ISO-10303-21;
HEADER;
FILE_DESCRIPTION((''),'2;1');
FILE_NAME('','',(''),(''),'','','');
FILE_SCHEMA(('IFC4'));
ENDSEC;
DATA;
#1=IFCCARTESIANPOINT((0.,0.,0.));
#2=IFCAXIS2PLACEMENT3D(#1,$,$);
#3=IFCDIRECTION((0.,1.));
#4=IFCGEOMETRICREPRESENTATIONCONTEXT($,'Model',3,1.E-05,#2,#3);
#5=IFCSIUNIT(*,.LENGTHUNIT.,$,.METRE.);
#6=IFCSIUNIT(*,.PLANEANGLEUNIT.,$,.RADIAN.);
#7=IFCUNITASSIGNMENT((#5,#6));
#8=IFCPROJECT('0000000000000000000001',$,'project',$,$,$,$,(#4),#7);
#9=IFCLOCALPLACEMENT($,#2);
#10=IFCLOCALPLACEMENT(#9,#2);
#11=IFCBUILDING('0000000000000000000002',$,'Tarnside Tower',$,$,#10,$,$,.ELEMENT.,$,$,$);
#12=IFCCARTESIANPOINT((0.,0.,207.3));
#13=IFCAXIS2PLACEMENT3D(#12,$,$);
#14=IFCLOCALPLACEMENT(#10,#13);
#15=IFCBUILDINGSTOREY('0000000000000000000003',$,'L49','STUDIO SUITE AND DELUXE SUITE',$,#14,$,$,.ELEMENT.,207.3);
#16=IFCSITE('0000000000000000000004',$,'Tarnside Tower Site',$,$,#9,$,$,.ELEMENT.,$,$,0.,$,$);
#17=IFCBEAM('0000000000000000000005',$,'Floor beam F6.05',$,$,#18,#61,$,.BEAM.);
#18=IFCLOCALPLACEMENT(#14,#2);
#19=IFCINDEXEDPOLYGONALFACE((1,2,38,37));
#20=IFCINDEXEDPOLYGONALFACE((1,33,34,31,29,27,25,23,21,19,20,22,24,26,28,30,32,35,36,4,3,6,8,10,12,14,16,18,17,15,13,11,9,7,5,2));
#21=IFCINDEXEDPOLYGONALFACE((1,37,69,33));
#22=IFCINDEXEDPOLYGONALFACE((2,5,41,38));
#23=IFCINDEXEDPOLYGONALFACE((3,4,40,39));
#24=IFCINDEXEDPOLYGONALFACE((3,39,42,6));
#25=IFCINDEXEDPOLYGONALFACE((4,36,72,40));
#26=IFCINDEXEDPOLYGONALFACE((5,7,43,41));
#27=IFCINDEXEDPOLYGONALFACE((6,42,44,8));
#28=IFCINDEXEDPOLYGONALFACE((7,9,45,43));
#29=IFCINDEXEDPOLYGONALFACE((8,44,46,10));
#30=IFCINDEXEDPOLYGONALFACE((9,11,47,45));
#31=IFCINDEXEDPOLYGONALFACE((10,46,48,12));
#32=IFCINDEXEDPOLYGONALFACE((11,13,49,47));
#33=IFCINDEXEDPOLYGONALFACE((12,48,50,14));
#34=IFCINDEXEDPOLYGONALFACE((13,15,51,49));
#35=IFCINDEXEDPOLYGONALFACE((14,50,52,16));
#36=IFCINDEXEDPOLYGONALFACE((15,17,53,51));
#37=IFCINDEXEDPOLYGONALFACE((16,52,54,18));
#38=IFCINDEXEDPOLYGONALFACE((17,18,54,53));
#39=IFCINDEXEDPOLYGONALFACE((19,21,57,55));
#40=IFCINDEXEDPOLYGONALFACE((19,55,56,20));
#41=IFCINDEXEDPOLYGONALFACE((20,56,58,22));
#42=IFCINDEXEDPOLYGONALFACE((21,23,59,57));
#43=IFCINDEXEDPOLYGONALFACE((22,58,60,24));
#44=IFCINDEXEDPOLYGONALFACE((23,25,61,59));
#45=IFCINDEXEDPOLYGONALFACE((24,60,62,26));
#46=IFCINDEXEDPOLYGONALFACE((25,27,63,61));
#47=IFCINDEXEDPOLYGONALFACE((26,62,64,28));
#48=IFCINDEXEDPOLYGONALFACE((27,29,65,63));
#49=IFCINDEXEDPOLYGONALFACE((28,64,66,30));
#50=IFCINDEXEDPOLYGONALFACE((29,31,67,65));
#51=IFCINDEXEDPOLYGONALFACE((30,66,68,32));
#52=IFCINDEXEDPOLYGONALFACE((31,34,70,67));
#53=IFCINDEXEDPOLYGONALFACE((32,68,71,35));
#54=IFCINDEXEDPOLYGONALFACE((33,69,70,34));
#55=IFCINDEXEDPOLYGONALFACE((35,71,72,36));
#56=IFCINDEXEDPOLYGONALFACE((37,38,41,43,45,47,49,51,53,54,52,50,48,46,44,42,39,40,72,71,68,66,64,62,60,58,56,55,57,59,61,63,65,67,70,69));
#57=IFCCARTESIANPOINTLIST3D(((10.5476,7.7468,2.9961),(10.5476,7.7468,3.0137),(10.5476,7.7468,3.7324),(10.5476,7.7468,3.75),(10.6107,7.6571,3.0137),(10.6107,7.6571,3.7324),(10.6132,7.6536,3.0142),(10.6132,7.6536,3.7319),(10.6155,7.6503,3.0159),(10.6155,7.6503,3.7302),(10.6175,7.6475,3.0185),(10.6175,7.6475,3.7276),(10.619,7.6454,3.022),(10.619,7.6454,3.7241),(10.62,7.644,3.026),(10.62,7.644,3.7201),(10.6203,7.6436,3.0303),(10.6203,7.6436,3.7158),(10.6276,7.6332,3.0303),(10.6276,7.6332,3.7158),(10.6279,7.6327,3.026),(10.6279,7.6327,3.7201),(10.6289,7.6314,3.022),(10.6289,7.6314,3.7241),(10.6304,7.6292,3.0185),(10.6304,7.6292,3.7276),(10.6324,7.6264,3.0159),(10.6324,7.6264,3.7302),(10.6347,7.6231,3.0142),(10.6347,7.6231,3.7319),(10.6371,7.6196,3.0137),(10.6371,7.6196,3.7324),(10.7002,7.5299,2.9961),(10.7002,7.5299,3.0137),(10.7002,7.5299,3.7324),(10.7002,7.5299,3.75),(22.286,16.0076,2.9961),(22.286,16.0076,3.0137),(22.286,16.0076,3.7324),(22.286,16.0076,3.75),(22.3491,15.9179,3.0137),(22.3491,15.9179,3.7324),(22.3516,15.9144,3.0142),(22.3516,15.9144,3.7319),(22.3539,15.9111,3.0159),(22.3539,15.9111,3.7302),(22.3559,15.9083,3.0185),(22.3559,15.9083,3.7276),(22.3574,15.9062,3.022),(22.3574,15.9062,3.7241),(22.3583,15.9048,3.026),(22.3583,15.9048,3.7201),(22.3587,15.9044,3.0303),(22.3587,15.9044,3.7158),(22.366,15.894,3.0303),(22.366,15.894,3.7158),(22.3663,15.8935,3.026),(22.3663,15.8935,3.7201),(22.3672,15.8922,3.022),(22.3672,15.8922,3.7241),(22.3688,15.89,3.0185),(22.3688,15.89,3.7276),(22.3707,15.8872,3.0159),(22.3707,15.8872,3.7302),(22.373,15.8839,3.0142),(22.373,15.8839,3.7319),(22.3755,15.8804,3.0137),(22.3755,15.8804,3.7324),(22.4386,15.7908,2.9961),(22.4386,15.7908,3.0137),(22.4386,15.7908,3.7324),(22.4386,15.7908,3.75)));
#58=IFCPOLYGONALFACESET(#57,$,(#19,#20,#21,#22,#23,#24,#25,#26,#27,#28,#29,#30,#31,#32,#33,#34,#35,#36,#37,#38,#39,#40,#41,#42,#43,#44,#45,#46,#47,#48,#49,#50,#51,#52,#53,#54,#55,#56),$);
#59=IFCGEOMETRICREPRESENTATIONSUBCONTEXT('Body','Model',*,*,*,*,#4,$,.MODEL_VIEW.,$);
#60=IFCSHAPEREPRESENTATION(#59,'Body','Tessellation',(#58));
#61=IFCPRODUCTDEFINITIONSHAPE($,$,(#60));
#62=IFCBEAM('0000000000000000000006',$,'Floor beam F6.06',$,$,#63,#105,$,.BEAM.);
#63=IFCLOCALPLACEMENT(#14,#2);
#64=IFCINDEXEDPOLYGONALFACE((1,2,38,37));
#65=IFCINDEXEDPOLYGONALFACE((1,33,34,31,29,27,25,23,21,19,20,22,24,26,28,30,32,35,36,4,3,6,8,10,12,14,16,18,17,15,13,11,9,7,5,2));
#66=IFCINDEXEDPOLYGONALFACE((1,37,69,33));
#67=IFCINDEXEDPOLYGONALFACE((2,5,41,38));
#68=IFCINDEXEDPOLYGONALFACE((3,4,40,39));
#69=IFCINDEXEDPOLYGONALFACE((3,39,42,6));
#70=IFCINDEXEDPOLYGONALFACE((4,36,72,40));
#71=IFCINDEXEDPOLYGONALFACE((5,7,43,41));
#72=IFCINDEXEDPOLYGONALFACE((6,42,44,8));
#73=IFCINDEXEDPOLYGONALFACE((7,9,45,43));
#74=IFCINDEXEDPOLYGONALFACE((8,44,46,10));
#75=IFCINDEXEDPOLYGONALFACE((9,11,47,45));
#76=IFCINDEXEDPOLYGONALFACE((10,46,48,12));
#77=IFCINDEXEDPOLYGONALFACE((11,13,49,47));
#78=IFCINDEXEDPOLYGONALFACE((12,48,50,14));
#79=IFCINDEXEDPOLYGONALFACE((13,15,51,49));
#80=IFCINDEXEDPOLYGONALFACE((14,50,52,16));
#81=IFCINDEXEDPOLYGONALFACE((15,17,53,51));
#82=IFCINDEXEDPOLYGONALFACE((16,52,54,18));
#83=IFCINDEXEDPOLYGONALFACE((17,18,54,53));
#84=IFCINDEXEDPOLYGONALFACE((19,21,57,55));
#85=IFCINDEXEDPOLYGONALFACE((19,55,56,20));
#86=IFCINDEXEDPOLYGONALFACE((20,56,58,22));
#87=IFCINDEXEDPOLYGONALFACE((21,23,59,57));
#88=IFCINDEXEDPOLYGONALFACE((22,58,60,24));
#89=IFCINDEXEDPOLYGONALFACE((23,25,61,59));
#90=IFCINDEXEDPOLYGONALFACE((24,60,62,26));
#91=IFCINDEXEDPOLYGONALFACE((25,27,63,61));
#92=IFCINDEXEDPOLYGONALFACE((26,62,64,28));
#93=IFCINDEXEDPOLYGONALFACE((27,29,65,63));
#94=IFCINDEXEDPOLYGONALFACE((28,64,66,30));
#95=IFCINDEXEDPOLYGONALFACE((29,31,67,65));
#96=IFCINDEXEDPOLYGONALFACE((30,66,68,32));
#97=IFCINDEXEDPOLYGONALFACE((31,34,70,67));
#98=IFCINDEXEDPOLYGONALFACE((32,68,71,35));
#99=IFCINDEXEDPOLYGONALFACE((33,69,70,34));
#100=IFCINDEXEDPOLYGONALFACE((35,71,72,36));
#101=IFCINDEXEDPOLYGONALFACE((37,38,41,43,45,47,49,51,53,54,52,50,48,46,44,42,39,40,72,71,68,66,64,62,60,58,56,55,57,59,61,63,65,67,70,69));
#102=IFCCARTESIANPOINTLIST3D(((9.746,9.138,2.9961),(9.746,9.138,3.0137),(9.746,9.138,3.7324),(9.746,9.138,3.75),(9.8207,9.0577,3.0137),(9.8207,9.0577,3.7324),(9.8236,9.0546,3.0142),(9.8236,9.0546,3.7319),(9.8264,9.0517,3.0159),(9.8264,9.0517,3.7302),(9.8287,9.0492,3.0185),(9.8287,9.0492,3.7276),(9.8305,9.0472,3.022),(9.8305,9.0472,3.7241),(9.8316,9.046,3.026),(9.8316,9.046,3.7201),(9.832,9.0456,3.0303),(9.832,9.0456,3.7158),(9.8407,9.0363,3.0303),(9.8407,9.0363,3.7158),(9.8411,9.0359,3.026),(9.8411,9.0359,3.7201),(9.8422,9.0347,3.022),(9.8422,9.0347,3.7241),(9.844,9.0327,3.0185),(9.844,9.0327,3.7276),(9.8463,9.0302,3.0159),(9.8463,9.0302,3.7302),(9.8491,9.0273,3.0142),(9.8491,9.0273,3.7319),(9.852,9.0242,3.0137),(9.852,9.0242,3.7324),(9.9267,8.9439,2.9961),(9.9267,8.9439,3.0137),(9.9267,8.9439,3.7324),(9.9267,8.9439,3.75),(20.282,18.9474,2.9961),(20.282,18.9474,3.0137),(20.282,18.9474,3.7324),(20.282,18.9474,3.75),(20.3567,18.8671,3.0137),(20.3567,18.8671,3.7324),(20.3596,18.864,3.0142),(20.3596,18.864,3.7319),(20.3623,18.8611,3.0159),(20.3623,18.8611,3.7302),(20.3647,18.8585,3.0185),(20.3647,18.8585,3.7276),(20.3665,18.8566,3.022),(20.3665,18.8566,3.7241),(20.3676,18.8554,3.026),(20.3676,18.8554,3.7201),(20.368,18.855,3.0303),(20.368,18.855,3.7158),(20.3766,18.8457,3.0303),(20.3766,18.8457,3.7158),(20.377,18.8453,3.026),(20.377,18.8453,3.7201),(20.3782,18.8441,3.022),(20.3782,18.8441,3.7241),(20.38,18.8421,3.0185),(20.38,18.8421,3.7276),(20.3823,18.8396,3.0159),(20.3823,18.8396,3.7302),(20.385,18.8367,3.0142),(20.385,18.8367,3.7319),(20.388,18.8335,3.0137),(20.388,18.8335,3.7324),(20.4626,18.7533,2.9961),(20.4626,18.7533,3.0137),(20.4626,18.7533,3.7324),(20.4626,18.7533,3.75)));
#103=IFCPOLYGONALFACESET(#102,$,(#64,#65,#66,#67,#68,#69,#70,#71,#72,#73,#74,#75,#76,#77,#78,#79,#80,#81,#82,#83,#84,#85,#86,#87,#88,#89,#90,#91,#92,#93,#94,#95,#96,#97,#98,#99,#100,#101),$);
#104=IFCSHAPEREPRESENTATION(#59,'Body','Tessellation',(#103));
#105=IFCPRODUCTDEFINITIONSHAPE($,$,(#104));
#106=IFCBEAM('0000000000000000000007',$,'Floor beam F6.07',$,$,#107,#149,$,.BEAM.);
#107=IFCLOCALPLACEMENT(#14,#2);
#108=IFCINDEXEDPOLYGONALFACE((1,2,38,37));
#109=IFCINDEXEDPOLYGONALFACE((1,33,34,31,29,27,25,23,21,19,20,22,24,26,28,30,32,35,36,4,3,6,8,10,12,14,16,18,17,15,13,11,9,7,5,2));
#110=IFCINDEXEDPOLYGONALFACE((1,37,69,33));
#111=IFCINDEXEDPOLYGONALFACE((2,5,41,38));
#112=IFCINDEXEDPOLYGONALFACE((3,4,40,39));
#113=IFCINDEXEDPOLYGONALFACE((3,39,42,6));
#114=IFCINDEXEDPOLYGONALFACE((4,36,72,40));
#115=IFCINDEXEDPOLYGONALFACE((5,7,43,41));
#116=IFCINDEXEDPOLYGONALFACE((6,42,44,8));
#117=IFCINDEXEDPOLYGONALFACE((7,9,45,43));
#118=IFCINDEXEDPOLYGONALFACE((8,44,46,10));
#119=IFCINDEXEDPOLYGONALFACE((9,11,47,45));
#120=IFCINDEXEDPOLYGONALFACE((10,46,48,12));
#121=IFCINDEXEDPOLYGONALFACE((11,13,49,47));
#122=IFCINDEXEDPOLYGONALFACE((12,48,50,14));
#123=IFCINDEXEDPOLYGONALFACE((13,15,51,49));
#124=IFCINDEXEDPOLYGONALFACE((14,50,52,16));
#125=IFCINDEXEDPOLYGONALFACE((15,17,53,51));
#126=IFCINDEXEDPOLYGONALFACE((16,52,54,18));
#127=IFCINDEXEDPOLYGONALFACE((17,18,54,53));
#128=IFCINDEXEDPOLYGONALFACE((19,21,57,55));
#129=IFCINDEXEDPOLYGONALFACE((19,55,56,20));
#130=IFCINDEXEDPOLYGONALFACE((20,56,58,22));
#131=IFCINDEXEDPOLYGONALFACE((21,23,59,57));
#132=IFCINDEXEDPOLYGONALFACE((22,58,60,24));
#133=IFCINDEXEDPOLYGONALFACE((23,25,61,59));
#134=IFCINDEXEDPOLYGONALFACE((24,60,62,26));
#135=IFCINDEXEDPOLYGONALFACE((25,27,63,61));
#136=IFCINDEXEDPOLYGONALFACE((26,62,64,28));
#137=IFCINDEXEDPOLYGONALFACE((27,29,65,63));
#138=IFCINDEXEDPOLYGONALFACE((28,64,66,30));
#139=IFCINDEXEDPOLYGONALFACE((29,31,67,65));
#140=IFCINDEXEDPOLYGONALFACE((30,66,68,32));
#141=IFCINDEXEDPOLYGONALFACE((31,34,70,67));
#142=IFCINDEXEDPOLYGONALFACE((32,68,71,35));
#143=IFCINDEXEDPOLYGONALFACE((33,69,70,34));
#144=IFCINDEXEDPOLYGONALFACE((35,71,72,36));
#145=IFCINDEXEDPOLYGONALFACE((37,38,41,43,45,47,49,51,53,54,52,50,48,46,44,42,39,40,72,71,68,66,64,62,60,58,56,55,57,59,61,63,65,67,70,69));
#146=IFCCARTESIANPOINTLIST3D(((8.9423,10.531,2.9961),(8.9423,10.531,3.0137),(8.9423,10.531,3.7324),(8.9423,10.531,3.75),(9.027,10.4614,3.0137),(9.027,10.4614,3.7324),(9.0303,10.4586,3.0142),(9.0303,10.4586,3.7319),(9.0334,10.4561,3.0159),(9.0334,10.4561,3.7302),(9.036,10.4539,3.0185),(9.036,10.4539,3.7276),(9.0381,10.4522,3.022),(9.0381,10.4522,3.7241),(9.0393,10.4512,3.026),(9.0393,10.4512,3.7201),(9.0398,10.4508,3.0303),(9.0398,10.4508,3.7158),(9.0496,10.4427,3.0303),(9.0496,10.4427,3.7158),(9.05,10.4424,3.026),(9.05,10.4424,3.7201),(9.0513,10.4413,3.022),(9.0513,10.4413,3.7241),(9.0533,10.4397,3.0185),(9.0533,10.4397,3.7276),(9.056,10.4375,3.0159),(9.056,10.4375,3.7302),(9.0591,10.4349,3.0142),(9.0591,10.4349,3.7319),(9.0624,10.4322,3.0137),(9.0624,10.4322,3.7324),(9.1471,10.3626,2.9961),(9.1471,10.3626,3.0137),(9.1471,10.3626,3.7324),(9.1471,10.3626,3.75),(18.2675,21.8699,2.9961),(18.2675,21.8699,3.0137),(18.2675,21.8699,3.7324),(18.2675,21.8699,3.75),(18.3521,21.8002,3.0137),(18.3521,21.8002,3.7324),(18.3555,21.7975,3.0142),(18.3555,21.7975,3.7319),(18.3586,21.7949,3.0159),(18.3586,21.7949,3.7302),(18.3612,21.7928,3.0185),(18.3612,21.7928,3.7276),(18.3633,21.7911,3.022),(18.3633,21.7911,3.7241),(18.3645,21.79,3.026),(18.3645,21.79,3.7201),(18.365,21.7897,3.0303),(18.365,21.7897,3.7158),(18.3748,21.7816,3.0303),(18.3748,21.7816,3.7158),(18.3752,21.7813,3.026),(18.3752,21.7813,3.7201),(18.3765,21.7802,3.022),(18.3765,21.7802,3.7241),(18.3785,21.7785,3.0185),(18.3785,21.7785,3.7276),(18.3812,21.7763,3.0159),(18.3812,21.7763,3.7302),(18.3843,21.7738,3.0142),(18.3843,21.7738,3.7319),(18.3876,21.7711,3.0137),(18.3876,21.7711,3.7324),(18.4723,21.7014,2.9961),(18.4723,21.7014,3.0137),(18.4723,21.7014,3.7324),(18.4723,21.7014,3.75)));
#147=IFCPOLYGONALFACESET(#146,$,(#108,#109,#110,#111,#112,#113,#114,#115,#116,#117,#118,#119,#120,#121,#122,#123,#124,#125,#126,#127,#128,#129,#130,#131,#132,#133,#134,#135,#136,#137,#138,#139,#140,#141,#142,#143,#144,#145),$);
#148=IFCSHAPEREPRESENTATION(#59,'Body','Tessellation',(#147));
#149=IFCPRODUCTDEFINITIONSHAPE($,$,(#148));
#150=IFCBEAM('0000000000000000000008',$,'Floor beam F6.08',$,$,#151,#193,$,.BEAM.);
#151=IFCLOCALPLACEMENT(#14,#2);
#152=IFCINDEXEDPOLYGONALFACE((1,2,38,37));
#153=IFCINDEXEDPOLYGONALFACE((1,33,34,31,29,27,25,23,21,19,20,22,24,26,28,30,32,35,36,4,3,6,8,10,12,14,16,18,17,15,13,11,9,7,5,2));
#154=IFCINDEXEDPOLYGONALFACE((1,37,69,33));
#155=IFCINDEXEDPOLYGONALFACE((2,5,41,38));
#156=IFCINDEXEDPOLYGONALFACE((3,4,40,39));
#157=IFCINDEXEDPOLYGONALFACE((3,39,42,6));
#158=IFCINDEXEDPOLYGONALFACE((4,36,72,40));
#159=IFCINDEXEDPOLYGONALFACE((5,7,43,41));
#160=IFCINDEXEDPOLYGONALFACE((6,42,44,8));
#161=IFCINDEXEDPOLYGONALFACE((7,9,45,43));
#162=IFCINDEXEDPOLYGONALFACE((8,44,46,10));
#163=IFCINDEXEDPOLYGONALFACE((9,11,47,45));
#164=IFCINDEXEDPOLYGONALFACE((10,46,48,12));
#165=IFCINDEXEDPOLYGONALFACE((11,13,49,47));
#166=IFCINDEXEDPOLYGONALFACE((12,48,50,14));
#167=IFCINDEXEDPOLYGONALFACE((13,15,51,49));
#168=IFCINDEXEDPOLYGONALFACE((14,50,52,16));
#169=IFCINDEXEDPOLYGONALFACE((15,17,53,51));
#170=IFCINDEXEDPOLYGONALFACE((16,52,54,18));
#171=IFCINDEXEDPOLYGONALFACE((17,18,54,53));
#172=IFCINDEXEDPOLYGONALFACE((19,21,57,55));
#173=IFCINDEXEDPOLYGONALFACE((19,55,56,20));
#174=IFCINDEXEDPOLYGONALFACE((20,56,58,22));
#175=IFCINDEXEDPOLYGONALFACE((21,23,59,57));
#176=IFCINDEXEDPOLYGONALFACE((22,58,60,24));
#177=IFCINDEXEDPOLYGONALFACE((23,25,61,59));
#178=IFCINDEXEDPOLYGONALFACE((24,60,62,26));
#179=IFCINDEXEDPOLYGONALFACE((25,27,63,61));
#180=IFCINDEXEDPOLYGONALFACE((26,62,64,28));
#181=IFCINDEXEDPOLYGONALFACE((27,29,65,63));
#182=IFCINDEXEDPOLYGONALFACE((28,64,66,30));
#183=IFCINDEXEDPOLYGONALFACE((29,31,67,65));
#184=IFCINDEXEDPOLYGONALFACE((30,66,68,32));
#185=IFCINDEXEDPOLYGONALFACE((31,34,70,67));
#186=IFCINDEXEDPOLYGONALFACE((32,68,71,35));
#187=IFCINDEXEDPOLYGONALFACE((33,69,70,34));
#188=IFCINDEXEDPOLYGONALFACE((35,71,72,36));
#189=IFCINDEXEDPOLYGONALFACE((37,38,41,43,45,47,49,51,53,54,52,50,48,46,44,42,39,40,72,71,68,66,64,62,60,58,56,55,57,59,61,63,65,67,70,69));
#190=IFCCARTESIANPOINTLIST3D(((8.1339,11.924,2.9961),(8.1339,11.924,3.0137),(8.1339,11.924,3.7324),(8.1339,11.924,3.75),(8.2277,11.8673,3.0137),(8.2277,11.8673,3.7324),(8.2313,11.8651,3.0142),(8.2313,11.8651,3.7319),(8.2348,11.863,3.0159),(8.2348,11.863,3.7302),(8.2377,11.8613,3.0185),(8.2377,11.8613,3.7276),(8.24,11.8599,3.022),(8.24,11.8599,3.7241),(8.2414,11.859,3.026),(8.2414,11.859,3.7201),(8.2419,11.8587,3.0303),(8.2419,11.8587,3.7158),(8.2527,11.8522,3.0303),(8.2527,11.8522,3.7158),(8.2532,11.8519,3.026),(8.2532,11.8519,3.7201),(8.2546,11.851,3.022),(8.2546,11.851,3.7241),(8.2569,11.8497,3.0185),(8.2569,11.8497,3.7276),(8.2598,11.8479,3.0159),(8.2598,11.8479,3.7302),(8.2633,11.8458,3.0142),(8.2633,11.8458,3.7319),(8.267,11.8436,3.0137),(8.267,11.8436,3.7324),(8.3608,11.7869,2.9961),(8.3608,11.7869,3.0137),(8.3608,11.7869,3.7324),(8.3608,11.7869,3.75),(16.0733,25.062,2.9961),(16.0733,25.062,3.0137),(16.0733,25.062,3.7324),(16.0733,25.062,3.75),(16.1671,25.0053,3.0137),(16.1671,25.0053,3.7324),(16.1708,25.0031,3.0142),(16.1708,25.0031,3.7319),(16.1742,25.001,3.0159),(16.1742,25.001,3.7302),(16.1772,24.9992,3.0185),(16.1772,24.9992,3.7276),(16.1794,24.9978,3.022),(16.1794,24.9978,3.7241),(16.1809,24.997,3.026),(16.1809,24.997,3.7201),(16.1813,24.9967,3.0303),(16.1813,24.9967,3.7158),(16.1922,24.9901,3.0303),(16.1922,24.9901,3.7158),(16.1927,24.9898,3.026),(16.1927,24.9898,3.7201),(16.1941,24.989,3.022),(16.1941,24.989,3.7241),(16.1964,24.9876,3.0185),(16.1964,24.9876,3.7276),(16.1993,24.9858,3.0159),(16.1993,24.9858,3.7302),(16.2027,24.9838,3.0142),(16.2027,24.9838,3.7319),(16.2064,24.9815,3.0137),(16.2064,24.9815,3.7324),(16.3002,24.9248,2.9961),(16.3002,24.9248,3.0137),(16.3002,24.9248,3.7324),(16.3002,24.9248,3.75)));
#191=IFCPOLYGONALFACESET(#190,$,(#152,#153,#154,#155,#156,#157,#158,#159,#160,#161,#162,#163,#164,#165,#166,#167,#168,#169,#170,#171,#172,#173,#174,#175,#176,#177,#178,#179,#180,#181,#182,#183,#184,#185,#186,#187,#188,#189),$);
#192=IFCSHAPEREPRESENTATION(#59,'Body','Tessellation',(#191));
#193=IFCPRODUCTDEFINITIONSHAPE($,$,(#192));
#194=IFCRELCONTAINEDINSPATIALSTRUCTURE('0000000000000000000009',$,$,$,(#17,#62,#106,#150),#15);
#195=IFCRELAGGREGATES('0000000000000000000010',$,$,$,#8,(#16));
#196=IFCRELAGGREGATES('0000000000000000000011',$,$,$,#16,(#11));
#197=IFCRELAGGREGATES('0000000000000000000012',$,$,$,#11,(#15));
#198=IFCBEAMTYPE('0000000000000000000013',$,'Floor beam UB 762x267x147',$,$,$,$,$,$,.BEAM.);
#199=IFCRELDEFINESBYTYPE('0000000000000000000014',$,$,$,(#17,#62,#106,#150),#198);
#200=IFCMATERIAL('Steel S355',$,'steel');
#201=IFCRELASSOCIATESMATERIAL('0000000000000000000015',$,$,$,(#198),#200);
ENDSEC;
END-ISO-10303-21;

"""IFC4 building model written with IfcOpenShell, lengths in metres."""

from ifc_helpers import new_model, si_unit, direction, frame, origin, origin_2d, place, context, subcontext, project, spatial, i_section, extrude, material, material_profile, profile_set, type_object, element, save


model = new_model("IFC4")

# Units and contexts
model_context = context("Model", 3, precision=1e-05, world=origin(), true_north=direction((0.0, 1.0)))
body_context = subcontext(model_context, "Body", "Model", "MODEL_VIEW")
ifc_project = project(units=[si_unit("LENGTHUNIT", "METRE"), si_unit("PLANEANGLEUNIT", "RADIAN")], contexts=[model_context])

# Site, building, storey
site_placement = place(None, origin())
site = spatial("IfcSite", under=ifc_project, at=site_placement, Name="Tarnside Tower Site", CompositionType="ELEMENT", RefElevation=0.0)
building_placement = place(site_placement, origin())
building = spatial("IfcBuilding", under=site, at=building_placement, Name="Tarnside Tower", CompositionType="ELEMENT")
storey_placement = place(building_placement, frame((0.0, 0.0, 207.3)))
storey = spatial("IfcBuildingStorey", under=building, at=storey_placement, Name="L49", Description="STUDIO SUITE AND DELUXE SUITE", CompositionType="ELEMENT", Elevation=207.3)

# Beams
ifc_material_1 = material(Name="Steel S355", Category="steel")
ifc_material_profile_1 = material_profile(ifc_material_1, i_section(OverallWidth=0.2651, OverallDepth=0.7539, WebThickness=0.0127, FlangeThickness=0.0176, FilletRadius=0.0166, at=origin_2d()), Name="UB 762x267x147")
ifc_profile_set_1 = profile_set([ifc_material_profile_1], Name="Steel S355")
beam_type_1 = type_object("IfcBeamType", Name="Floor beam UB 762x267x147", PredefinedType="BEAM", material=ifc_profile_set_1)
beam_1_placement = place(storey_placement, frame((22.3623, 15.8992, 3.373), z_axis=(-0.817791, -0.575515, 0.0), x_axis=(0.575515, -0.817791, 0.0)))
element("IfcBeam", 1, at=beam_1_placement, inside=storey, type_object=beam_type_1, Name="Floor beam F6.05", PredefinedType="BEAM", context=body_context, shape_type="SweptSolid", body=[
    extrude(i_section(OverallWidth=0.2651, OverallDepth=0.7539, WebThickness=0.0127, FlangeThickness=0.0176, FilletRadius=0.0166, at=origin_2d()), origin(), (0.0, 0.0, 1.0), 14.3538),
])
beam_2_placement = place(storey_placement, frame((20.3723, 18.8503, 3.373), z_axis=(-0.731892, -0.68142, 0.0), x_axis=(0.68142, -0.731892, 0.0)))
element("IfcBeam", 2, at=beam_2_placement, inside=storey, type_object=beam_type_1, Name="Floor beam F6.06", PredefinedType="BEAM", context=body_context, shape_type="SweptSolid", body=[
    extrude(i_section(OverallWidth=0.2651, OverallDepth=0.7539, WebThickness=0.0127, FlangeThickness=0.0176, FilletRadius=0.0166, at=origin_2d()), origin(), (0.0, 0.0, 1.0), 14.3955),
])
beam_3_placement = place(storey_placement, frame((18.3699, 21.7856, 3.373), z_axis=(-0.635192, -0.772354, 0.0), x_axis=(0.772354, -0.635192, 0.0)))
element("IfcBeam", 3, at=beam_3_placement, inside=storey, type_object=beam_type_1, Name="Floor beam F6.07", PredefinedType="BEAM", context=body_context, shape_type="SweptSolid", body=[
    extrude(i_section(OverallWidth=0.2651, OverallDepth=0.7539, WebThickness=0.0127, FlangeThickness=0.0176, FilletRadius=0.0166, at=origin_2d()), origin(), (0.0, 0.0, 1.0), 14.6809),
])
beam_4_placement = place(storey_placement, frame((16.1868, 24.9934, 3.373), z_axis=(-0.517209, -0.855859, 0.0), x_axis=(0.855859, -0.517209, 0.0)))
element("IfcBeam", 4, at=beam_4_placement, inside=storey, type_object=beam_type_1, Name="Floor beam F6.08", PredefinedType="BEAM", context=body_context, shape_type="SweptSolid", body=[
    extrude(i_section(OverallWidth=0.2651, OverallDepth=0.7539, WebThickness=0.0127, FlangeThickness=0.0176, FilletRadius=0.0166, at=origin_2d()), origin(), (0.0, 0.0, 1.0), 15.3506),
])

save(model, "model.ifc")
